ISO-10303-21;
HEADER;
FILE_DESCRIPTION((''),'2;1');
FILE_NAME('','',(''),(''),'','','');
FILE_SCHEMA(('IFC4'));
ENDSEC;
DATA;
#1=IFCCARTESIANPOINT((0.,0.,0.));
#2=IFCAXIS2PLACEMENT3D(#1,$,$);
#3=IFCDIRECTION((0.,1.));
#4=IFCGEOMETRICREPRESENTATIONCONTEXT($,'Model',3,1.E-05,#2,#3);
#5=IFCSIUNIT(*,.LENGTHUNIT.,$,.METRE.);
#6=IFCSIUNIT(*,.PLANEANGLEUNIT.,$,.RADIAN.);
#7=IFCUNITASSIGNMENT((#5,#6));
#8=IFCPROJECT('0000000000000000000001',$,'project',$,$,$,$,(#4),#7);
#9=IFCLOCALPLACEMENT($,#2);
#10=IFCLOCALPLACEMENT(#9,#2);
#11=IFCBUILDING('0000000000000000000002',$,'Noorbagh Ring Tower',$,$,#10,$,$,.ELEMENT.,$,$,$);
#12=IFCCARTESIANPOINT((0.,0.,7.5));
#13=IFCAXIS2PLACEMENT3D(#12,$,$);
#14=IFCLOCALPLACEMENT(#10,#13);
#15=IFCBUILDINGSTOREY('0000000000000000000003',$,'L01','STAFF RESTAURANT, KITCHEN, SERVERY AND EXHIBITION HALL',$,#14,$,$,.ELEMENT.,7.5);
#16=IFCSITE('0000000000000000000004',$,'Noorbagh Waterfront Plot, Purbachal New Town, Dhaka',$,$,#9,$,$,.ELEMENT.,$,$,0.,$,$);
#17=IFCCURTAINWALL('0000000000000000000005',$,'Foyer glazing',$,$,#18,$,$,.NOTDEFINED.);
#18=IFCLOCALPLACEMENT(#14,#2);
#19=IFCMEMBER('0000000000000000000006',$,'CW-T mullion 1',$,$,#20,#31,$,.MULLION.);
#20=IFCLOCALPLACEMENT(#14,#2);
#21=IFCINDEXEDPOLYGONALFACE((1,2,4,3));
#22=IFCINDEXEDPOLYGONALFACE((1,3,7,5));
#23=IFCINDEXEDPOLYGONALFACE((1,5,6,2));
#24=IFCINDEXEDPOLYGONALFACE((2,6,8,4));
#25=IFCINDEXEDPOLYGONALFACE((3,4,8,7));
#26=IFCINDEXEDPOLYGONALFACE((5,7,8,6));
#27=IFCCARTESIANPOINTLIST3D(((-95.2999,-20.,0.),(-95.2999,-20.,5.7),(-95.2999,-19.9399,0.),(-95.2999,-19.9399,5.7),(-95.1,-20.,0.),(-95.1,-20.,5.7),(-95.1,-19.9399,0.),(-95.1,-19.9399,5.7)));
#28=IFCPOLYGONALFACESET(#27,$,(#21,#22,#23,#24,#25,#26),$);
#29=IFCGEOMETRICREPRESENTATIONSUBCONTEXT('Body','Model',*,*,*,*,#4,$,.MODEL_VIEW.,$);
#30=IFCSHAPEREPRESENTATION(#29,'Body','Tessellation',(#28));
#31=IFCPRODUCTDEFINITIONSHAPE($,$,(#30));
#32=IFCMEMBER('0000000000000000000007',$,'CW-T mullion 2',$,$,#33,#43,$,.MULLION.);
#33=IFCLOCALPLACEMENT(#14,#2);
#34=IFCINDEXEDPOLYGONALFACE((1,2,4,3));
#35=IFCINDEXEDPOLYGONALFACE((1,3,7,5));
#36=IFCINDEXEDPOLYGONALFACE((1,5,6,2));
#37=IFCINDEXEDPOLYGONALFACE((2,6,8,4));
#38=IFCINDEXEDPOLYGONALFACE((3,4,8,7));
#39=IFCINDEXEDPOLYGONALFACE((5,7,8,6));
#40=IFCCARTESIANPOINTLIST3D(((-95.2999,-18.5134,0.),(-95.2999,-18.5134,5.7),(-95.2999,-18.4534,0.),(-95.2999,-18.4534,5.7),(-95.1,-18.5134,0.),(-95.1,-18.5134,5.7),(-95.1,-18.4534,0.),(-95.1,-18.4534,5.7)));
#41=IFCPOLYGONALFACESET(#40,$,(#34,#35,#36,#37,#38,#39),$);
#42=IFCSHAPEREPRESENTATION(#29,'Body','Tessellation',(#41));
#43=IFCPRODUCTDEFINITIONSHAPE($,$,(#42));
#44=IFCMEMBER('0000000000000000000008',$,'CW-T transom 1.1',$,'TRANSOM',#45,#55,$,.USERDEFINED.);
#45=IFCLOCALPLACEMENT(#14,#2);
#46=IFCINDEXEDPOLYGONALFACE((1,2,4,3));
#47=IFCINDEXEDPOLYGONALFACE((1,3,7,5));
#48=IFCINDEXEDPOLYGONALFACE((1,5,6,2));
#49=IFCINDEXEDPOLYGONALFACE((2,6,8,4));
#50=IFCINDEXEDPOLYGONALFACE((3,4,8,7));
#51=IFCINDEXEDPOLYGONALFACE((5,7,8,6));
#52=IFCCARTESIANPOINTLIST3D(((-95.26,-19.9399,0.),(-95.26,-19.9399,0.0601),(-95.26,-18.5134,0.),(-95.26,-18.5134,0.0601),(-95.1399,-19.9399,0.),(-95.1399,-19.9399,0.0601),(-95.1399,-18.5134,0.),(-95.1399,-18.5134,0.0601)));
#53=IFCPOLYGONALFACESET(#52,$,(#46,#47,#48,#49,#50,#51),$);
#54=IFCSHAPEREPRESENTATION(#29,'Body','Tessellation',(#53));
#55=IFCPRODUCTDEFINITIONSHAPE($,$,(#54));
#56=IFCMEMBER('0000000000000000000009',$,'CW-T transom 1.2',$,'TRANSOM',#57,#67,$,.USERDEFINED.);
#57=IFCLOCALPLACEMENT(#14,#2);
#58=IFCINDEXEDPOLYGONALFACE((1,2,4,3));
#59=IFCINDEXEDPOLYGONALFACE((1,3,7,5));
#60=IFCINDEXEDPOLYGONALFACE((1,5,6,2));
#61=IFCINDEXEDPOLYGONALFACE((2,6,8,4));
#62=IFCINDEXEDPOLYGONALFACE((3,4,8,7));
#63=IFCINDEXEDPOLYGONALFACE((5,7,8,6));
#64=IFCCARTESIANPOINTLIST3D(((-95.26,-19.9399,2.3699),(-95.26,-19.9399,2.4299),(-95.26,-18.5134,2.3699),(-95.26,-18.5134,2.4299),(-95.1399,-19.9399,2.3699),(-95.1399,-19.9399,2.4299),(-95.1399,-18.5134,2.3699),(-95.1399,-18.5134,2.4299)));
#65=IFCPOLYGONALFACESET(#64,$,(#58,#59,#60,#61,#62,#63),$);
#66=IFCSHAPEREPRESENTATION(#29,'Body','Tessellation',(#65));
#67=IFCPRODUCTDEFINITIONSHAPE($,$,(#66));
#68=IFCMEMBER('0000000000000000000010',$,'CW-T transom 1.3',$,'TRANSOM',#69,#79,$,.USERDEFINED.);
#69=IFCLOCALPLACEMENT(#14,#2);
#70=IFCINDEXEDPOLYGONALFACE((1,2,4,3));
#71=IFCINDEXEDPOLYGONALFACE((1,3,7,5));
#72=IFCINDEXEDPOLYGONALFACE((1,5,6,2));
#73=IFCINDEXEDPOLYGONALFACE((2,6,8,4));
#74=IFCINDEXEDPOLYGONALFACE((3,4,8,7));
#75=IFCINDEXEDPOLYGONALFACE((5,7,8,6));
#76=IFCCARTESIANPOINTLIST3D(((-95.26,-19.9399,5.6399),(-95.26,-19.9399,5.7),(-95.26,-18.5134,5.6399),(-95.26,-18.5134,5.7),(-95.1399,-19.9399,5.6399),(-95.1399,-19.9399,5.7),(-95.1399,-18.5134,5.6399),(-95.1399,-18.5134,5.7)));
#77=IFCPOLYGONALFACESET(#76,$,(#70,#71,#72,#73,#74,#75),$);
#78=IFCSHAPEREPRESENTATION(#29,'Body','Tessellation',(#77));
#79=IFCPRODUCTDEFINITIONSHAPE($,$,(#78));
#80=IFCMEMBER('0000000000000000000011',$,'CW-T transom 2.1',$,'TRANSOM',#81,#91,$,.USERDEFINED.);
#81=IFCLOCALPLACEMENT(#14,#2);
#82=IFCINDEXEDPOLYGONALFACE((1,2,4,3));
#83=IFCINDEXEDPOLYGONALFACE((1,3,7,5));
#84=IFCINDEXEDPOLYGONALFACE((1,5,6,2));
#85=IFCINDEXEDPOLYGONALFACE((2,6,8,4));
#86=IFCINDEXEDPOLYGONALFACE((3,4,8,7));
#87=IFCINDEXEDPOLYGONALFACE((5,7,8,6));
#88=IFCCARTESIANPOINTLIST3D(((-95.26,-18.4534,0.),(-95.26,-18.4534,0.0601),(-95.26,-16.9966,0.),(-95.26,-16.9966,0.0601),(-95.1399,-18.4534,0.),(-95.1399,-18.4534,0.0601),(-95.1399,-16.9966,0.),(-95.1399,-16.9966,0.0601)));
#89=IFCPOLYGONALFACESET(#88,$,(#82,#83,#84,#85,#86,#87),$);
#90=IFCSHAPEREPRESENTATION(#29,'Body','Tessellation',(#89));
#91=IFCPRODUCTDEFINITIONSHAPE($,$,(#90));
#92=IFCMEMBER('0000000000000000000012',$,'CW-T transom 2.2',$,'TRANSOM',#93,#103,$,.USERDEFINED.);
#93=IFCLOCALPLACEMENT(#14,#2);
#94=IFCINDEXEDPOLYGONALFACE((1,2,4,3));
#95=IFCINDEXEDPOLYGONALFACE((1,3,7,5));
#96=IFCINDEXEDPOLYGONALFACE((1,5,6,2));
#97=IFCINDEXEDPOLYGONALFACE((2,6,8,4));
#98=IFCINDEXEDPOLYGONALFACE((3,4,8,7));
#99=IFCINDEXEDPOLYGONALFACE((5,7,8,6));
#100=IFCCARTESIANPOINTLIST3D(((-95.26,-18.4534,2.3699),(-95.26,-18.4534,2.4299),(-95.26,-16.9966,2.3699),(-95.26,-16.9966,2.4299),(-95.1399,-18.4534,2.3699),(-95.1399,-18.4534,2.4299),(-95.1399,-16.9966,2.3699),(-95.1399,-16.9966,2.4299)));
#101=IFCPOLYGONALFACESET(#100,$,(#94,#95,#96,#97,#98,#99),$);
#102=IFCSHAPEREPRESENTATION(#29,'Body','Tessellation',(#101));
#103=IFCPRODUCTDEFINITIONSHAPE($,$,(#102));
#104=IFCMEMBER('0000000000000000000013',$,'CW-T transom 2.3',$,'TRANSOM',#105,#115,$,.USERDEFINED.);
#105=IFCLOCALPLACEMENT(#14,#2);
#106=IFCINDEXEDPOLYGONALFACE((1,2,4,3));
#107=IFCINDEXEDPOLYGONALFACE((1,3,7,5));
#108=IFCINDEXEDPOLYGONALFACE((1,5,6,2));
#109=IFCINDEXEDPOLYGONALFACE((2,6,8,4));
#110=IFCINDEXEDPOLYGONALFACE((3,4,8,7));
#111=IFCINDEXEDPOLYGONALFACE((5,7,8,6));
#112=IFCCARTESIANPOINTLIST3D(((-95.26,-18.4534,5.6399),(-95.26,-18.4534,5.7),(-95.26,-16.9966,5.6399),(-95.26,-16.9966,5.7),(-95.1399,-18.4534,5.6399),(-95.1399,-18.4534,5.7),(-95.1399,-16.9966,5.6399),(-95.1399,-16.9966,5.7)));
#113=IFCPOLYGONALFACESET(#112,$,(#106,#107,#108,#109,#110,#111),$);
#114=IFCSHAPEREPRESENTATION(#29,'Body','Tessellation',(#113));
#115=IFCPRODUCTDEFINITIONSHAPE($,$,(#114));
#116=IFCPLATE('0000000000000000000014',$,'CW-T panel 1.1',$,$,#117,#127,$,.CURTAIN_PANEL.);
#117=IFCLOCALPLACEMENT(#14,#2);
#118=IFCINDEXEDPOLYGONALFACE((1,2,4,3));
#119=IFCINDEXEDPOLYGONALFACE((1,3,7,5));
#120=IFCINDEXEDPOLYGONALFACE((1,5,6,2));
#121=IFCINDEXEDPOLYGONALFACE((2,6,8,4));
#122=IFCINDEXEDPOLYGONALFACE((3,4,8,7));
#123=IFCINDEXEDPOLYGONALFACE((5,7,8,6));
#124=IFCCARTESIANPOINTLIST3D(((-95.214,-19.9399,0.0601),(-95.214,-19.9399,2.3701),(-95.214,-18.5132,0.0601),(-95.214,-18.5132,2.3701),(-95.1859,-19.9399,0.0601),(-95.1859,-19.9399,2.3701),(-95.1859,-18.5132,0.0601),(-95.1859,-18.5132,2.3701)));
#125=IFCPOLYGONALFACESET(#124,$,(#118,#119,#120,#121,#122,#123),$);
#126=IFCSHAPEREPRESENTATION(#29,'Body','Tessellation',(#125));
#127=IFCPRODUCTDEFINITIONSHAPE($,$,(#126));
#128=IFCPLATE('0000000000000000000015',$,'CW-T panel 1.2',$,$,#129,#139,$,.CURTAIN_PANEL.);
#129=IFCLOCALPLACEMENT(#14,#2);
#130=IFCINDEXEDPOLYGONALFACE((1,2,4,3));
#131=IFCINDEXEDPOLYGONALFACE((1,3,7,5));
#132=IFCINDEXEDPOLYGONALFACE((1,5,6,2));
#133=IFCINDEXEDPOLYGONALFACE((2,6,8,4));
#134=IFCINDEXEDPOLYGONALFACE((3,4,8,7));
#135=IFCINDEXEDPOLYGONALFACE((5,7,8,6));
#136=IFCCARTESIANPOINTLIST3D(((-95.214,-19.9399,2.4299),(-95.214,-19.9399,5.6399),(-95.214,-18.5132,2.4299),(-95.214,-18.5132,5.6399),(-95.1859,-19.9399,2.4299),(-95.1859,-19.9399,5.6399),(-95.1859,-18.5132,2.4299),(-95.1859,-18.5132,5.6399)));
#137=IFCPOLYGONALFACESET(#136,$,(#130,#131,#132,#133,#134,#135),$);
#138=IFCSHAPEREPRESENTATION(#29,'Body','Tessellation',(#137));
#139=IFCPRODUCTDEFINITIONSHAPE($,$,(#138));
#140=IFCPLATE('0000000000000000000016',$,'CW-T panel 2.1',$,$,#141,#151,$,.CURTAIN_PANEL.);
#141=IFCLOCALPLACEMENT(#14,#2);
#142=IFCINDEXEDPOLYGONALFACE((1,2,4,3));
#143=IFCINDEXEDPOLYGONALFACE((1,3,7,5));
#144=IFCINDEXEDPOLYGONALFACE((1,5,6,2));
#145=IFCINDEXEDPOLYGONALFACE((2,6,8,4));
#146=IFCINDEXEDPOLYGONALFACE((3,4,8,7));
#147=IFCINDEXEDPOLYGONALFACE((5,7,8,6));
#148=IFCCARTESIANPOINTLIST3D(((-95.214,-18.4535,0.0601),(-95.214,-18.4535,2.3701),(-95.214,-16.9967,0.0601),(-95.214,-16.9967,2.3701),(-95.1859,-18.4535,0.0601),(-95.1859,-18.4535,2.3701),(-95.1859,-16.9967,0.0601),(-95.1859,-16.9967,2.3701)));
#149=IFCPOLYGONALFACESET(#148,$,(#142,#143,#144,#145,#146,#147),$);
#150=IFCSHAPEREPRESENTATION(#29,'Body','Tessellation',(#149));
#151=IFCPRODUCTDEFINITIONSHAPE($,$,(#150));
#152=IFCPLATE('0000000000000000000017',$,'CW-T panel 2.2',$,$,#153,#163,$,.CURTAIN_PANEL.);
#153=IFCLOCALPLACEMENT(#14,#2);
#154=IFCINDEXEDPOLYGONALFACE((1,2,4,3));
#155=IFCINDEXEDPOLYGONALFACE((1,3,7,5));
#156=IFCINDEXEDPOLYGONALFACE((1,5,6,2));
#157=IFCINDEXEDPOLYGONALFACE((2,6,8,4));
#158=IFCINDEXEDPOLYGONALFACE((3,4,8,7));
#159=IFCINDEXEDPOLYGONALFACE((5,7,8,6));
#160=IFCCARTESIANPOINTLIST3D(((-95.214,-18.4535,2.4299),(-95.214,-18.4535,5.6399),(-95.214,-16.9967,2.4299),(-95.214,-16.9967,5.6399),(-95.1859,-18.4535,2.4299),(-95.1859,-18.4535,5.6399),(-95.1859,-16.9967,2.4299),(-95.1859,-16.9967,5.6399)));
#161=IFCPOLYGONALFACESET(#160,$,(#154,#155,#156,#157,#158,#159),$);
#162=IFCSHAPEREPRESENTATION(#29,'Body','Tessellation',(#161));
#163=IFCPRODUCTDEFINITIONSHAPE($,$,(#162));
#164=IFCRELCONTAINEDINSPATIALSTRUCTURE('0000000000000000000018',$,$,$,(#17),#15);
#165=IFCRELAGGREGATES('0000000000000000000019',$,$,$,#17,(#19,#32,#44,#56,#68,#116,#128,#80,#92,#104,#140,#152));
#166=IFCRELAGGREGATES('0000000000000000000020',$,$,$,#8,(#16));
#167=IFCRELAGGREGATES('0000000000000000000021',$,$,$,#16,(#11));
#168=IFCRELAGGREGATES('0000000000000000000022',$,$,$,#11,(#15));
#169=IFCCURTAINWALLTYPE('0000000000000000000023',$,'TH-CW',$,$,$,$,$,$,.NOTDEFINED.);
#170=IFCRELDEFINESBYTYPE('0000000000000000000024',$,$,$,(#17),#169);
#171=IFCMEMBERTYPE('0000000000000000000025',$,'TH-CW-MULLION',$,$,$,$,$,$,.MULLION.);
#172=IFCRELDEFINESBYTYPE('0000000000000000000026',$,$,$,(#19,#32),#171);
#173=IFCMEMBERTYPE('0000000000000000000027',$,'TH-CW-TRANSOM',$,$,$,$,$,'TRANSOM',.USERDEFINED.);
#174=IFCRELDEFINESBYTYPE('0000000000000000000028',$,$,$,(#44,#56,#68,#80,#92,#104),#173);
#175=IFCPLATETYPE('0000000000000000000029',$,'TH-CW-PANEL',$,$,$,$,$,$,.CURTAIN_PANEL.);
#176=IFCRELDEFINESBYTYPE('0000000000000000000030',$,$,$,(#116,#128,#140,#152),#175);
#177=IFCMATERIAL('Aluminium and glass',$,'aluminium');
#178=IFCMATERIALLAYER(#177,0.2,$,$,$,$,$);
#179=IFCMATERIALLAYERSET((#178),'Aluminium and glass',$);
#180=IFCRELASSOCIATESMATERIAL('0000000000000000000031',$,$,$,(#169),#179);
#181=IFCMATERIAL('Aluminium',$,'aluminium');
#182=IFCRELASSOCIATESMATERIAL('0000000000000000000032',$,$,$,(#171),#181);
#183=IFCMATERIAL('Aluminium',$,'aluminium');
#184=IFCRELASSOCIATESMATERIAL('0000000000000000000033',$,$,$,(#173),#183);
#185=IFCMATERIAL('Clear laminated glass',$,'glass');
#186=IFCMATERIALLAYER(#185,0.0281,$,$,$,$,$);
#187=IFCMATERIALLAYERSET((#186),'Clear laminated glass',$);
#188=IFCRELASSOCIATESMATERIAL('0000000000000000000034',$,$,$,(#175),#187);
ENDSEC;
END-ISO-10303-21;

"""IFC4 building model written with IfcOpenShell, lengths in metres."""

from ifc_helpers import new_model, si_unit, direction, frame, origin, origin_2d, place, context, subcontext, project, spatial, rectangle, extrude, material, layer, layer_set, material_profile, profile_set, type_object, element, aggregate, save


model = new_model("IFC4")

# Units and contexts
model_context = context("Model", 3, precision=1e-05, world=origin(), true_north=direction((0.0, 1.0)))
body_context = subcontext(model_context, "Body", "Model", "MODEL_VIEW")
ifc_project = project(units=[si_unit("LENGTHUNIT", "METRE"), si_unit("PLANEANGLEUNIT", "RADIAN")], contexts=[model_context])

# Site, building, storey
site_placement = place(None, origin())
site = spatial("IfcSite", under=ifc_project, at=site_placement, Name="Noorbagh Waterfront Plot, Purbachal New Town, Dhaka", CompositionType="ELEMENT", RefElevation=0.0)
building_placement = place(site_placement, origin())
building = spatial("IfcBuilding", under=site, at=building_placement, Name="Noorbagh Ring Tower", CompositionType="ELEMENT")
storey_placement = place(building_placement, frame((0.0, 0.0, 7.5)))
storey = spatial("IfcBuildingStorey", under=building, at=storey_placement, Name="L01", Description="STAFF RESTAURANT, KITCHEN, SERVERY AND EXHIBITION HALL", CompositionType="ELEMENT", Elevation=7.5)

# Curtain wall, members, plates
ifc_material_1 = material(Name="Aluminium and glass", Category="aluminium")
ifc_layer_1 = layer(ifc_material_1, 0.2)
ifc_layer_set_1 = layer_set([ifc_layer_1], Name="Aluminium and glass")
curtain_wall_type = type_object("IfcCurtainWallType", Name="TH-CW", PredefinedType="NOTDEFINED", material=ifc_layer_set_1)
curtain_wall_placement = place(storey_placement, origin())
curtain_wall = element("IfcCurtainWall", 1, at=curtain_wall_placement, inside=storey, type_object=curtain_wall_type, Name="Foyer glazing", PredefinedType="NOTDEFINED")
ifc_material_2 = material(Name="Aluminium", Category="aluminium")
ifc_material_profile_1 = material_profile(ifc_material_2, rectangle(XDim=0.2, YDim=0.0601, at=origin_2d()), Name="AL 200x60")
ifc_profile_set_1 = profile_set([ifc_material_profile_1], Name="Aluminium")
member_type_1 = type_object("IfcMemberType", Name="TH-CW-MULLION", PredefinedType="MULLION", material=ifc_profile_set_1)
member_1_placement = place(storey_placement, frame((-95.2, -19.97, 0.0), z_axis=(0.0, 0.0, 1.0), x_axis=(-1.0, 0.0, 0.0)))
member_1 = element("IfcMember", 2, at=member_1_placement, type_object=member_type_1, Name="CW-T mullion 1", PredefinedType="MULLION", context=body_context, shape_type="SweptSolid", body=[
    extrude(rectangle(XDim=0.2, YDim=0.0601, at=origin_2d()), origin(), (0.0, 0.0, 1.0), 5.7),
])
member_2_placement = place(storey_placement, frame((-95.2, -18.4834, 0.0), z_axis=(0.0, 0.0, 1.0), x_axis=(-1.0, 0.0, 0.0)))
member_2 = element("IfcMember", 3, at=member_2_placement, type_object=member_type_1, Name="CW-T mullion 2", PredefinedType="MULLION", context=body_context, shape_type="SweptSolid", body=[
    extrude(rectangle(XDim=0.2, YDim=0.0601, at=origin_2d()), origin(), (0.0, 0.0, 1.0), 5.7),
])
ifc_material_3 = material(Name="Aluminium", Category="aluminium")
ifc_material_profile_2 = material_profile(ifc_material_3, rectangle(XDim=0.1201, YDim=0.0601, at=origin_2d()), Name="AL 120x60")
ifc_profile_set_2 = profile_set([ifc_material_profile_2], Name="Aluminium")
member_type_2 = type_object("IfcMemberType", Name="TH-CW-TRANSOM", ElementType="TRANSOM", PredefinedType="USERDEFINED", material=ifc_profile_set_2)
member_3_placement = place(storey_placement, frame((-95.2, -19.9399, 0.03), z_axis=(0.0, 1.0, 0.0), x_axis=(-1.0, 0.0, 0.0)))
member_3 = element("IfcMember", 4, at=member_3_placement, type_object=member_type_2, Name="CW-T transom 1.1", ObjectType="TRANSOM", PredefinedType="USERDEFINED", context=body_context, shape_type="SweptSolid", body=[
    extrude(rectangle(XDim=0.1201, YDim=0.0601, at=origin_2d()), origin(), (0.0, 0.0, 1.0), 1.4265),
])
member_4_placement = place(storey_placement, frame((-95.2, -19.9399, 2.3999), z_axis=(0.0, 1.0, 0.0), x_axis=(-1.0, 0.0, 0.0)))
member_4 = element("IfcMember", 5, at=member_4_placement, type_object=member_type_2, Name="CW-T transom 1.2", ObjectType="TRANSOM", PredefinedType="USERDEFINED", context=body_context, shape_type="SweptSolid", body=[
    extrude(rectangle(XDim=0.1201, YDim=0.0601, at=origin_2d()), origin(), (0.0, 0.0, 1.0), 1.4265),
])
member_5_placement = place(storey_placement, frame((-95.2, -19.9399, 5.6699), z_axis=(0.0, 1.0, 0.0), x_axis=(-1.0, 0.0, 0.0)))
member_5 = element("IfcMember", 6, at=member_5_placement, type_object=member_type_2, Name="CW-T transom 1.3", ObjectType="TRANSOM", PredefinedType="USERDEFINED", context=body_context, shape_type="SweptSolid", body=[
    extrude(rectangle(XDim=0.1201, YDim=0.0601, at=origin_2d()), origin(), (0.0, 0.0, 1.0), 1.4265),
])
member_6_placement = place(storey_placement, frame((-95.2, -18.4534, 0.03), z_axis=(0.0, 1.0, 0.0), x_axis=(-1.0, 0.0, 0.0)))
member_6 = element("IfcMember", 7, at=member_6_placement, type_object=member_type_2, Name="CW-T transom 2.1", ObjectType="TRANSOM", PredefinedType="USERDEFINED", context=body_context, shape_type="SweptSolid", body=[
    extrude(rectangle(XDim=0.1201, YDim=0.0601, at=origin_2d()), origin(), (0.0, 0.0, 1.0), 1.4568),
])
member_7_placement = place(storey_placement, frame((-95.2, -18.4534, 2.3999), z_axis=(0.0, 1.0, 0.0), x_axis=(-1.0, 0.0, 0.0)))
member_7 = element("IfcMember", 8, at=member_7_placement, type_object=member_type_2, Name="CW-T transom 2.2", ObjectType="TRANSOM", PredefinedType="USERDEFINED", context=body_context, shape_type="SweptSolid", body=[
    extrude(rectangle(XDim=0.1201, YDim=0.0601, at=origin_2d()), origin(), (0.0, 0.0, 1.0), 1.4568),
])
member_8_placement = place(storey_placement, frame((-95.2, -18.4534, 5.6699), z_axis=(0.0, 1.0, 0.0), x_axis=(-1.0, 0.0, 0.0)))
member_8 = element("IfcMember", 9, at=member_8_placement, type_object=member_type_2, Name="CW-T transom 2.3", ObjectType="TRANSOM", PredefinedType="USERDEFINED", context=body_context, shape_type="SweptSolid", body=[
    extrude(rectangle(XDim=0.1201, YDim=0.0601, at=origin_2d()), origin(), (0.0, 0.0, 1.0), 1.4568),
])
ifc_material_4 = material(Name="Clear laminated glass", Category="glass")
ifc_layer_2 = layer(ifc_material_4, 0.0281)
ifc_layer_set_2 = layer_set([ifc_layer_2], Name="Clear laminated glass")
plate_type = type_object("IfcPlateType", Name="TH-CW-PANEL", PredefinedType="CURTAIN_PANEL", material=ifc_layer_set_2)
plate_1_placement = place(storey_placement, frame((-95.2, -19.2266, 0.0601), z_axis=(0.0, 0.0, 1.0), x_axis=(0.0, 1.0, 0.0)))
plate_1 = element("IfcPlate", 10, at=plate_1_placement, type_object=plate_type, Name="CW-T panel 1.1", PredefinedType="CURTAIN_PANEL", context=body_context, shape_type="SweptSolid", body=[
    extrude(rectangle(XDim=1.4268, YDim=0.0281, at=origin_2d()), origin(), (0.0, 0.0, 1.0), 2.3101),
])
plate_2_placement = place(storey_placement, frame((-95.2, -19.2266, 2.4299), z_axis=(0.0, 0.0, 1.0), x_axis=(0.0, 1.0, 0.0)))
plate_2 = element("IfcPlate", 11, at=plate_2_placement, type_object=plate_type, Name="CW-T panel 1.2", PredefinedType="CURTAIN_PANEL", context=body_context, shape_type="SweptSolid", body=[
    extrude(rectangle(XDim=1.4268, YDim=0.0281, at=origin_2d()), origin(), (0.0, 0.0, 1.0), 3.21),
])
plate_3_placement = place(storey_placement, frame((-95.2, -17.7251, 0.0601), z_axis=(0.0, 0.0, 1.0), x_axis=(0.0, 1.0, 0.0)))
plate_3 = element("IfcPlate", 12, at=plate_3_placement, type_object=plate_type, Name="CW-T panel 2.1", PredefinedType="CURTAIN_PANEL", context=body_context, shape_type="SweptSolid", body=[
    extrude(rectangle(XDim=1.4568, YDim=0.0281, at=origin_2d()), origin(), (0.0, 0.0, 1.0), 2.3101),
])
plate_4_placement = place(storey_placement, frame((-95.2, -17.7251, 2.4299), z_axis=(0.0, 0.0, 1.0), x_axis=(0.0, 1.0, 0.0)))
plate_4 = element("IfcPlate", 13, at=plate_4_placement, type_object=plate_type, Name="CW-T panel 2.2", PredefinedType="CURTAIN_PANEL", context=body_context, shape_type="SweptSolid", body=[
    extrude(rectangle(XDim=1.4568, YDim=0.0281, at=origin_2d()), origin(), (0.0, 0.0, 1.0), 3.21),
])
aggregate(curtain_wall, [member_1, member_2, member_3, member_4, member_5, plate_1, plate_2, member_6, member_7, member_8, plate_3, plate_4])

save(model, "model.ifc")
